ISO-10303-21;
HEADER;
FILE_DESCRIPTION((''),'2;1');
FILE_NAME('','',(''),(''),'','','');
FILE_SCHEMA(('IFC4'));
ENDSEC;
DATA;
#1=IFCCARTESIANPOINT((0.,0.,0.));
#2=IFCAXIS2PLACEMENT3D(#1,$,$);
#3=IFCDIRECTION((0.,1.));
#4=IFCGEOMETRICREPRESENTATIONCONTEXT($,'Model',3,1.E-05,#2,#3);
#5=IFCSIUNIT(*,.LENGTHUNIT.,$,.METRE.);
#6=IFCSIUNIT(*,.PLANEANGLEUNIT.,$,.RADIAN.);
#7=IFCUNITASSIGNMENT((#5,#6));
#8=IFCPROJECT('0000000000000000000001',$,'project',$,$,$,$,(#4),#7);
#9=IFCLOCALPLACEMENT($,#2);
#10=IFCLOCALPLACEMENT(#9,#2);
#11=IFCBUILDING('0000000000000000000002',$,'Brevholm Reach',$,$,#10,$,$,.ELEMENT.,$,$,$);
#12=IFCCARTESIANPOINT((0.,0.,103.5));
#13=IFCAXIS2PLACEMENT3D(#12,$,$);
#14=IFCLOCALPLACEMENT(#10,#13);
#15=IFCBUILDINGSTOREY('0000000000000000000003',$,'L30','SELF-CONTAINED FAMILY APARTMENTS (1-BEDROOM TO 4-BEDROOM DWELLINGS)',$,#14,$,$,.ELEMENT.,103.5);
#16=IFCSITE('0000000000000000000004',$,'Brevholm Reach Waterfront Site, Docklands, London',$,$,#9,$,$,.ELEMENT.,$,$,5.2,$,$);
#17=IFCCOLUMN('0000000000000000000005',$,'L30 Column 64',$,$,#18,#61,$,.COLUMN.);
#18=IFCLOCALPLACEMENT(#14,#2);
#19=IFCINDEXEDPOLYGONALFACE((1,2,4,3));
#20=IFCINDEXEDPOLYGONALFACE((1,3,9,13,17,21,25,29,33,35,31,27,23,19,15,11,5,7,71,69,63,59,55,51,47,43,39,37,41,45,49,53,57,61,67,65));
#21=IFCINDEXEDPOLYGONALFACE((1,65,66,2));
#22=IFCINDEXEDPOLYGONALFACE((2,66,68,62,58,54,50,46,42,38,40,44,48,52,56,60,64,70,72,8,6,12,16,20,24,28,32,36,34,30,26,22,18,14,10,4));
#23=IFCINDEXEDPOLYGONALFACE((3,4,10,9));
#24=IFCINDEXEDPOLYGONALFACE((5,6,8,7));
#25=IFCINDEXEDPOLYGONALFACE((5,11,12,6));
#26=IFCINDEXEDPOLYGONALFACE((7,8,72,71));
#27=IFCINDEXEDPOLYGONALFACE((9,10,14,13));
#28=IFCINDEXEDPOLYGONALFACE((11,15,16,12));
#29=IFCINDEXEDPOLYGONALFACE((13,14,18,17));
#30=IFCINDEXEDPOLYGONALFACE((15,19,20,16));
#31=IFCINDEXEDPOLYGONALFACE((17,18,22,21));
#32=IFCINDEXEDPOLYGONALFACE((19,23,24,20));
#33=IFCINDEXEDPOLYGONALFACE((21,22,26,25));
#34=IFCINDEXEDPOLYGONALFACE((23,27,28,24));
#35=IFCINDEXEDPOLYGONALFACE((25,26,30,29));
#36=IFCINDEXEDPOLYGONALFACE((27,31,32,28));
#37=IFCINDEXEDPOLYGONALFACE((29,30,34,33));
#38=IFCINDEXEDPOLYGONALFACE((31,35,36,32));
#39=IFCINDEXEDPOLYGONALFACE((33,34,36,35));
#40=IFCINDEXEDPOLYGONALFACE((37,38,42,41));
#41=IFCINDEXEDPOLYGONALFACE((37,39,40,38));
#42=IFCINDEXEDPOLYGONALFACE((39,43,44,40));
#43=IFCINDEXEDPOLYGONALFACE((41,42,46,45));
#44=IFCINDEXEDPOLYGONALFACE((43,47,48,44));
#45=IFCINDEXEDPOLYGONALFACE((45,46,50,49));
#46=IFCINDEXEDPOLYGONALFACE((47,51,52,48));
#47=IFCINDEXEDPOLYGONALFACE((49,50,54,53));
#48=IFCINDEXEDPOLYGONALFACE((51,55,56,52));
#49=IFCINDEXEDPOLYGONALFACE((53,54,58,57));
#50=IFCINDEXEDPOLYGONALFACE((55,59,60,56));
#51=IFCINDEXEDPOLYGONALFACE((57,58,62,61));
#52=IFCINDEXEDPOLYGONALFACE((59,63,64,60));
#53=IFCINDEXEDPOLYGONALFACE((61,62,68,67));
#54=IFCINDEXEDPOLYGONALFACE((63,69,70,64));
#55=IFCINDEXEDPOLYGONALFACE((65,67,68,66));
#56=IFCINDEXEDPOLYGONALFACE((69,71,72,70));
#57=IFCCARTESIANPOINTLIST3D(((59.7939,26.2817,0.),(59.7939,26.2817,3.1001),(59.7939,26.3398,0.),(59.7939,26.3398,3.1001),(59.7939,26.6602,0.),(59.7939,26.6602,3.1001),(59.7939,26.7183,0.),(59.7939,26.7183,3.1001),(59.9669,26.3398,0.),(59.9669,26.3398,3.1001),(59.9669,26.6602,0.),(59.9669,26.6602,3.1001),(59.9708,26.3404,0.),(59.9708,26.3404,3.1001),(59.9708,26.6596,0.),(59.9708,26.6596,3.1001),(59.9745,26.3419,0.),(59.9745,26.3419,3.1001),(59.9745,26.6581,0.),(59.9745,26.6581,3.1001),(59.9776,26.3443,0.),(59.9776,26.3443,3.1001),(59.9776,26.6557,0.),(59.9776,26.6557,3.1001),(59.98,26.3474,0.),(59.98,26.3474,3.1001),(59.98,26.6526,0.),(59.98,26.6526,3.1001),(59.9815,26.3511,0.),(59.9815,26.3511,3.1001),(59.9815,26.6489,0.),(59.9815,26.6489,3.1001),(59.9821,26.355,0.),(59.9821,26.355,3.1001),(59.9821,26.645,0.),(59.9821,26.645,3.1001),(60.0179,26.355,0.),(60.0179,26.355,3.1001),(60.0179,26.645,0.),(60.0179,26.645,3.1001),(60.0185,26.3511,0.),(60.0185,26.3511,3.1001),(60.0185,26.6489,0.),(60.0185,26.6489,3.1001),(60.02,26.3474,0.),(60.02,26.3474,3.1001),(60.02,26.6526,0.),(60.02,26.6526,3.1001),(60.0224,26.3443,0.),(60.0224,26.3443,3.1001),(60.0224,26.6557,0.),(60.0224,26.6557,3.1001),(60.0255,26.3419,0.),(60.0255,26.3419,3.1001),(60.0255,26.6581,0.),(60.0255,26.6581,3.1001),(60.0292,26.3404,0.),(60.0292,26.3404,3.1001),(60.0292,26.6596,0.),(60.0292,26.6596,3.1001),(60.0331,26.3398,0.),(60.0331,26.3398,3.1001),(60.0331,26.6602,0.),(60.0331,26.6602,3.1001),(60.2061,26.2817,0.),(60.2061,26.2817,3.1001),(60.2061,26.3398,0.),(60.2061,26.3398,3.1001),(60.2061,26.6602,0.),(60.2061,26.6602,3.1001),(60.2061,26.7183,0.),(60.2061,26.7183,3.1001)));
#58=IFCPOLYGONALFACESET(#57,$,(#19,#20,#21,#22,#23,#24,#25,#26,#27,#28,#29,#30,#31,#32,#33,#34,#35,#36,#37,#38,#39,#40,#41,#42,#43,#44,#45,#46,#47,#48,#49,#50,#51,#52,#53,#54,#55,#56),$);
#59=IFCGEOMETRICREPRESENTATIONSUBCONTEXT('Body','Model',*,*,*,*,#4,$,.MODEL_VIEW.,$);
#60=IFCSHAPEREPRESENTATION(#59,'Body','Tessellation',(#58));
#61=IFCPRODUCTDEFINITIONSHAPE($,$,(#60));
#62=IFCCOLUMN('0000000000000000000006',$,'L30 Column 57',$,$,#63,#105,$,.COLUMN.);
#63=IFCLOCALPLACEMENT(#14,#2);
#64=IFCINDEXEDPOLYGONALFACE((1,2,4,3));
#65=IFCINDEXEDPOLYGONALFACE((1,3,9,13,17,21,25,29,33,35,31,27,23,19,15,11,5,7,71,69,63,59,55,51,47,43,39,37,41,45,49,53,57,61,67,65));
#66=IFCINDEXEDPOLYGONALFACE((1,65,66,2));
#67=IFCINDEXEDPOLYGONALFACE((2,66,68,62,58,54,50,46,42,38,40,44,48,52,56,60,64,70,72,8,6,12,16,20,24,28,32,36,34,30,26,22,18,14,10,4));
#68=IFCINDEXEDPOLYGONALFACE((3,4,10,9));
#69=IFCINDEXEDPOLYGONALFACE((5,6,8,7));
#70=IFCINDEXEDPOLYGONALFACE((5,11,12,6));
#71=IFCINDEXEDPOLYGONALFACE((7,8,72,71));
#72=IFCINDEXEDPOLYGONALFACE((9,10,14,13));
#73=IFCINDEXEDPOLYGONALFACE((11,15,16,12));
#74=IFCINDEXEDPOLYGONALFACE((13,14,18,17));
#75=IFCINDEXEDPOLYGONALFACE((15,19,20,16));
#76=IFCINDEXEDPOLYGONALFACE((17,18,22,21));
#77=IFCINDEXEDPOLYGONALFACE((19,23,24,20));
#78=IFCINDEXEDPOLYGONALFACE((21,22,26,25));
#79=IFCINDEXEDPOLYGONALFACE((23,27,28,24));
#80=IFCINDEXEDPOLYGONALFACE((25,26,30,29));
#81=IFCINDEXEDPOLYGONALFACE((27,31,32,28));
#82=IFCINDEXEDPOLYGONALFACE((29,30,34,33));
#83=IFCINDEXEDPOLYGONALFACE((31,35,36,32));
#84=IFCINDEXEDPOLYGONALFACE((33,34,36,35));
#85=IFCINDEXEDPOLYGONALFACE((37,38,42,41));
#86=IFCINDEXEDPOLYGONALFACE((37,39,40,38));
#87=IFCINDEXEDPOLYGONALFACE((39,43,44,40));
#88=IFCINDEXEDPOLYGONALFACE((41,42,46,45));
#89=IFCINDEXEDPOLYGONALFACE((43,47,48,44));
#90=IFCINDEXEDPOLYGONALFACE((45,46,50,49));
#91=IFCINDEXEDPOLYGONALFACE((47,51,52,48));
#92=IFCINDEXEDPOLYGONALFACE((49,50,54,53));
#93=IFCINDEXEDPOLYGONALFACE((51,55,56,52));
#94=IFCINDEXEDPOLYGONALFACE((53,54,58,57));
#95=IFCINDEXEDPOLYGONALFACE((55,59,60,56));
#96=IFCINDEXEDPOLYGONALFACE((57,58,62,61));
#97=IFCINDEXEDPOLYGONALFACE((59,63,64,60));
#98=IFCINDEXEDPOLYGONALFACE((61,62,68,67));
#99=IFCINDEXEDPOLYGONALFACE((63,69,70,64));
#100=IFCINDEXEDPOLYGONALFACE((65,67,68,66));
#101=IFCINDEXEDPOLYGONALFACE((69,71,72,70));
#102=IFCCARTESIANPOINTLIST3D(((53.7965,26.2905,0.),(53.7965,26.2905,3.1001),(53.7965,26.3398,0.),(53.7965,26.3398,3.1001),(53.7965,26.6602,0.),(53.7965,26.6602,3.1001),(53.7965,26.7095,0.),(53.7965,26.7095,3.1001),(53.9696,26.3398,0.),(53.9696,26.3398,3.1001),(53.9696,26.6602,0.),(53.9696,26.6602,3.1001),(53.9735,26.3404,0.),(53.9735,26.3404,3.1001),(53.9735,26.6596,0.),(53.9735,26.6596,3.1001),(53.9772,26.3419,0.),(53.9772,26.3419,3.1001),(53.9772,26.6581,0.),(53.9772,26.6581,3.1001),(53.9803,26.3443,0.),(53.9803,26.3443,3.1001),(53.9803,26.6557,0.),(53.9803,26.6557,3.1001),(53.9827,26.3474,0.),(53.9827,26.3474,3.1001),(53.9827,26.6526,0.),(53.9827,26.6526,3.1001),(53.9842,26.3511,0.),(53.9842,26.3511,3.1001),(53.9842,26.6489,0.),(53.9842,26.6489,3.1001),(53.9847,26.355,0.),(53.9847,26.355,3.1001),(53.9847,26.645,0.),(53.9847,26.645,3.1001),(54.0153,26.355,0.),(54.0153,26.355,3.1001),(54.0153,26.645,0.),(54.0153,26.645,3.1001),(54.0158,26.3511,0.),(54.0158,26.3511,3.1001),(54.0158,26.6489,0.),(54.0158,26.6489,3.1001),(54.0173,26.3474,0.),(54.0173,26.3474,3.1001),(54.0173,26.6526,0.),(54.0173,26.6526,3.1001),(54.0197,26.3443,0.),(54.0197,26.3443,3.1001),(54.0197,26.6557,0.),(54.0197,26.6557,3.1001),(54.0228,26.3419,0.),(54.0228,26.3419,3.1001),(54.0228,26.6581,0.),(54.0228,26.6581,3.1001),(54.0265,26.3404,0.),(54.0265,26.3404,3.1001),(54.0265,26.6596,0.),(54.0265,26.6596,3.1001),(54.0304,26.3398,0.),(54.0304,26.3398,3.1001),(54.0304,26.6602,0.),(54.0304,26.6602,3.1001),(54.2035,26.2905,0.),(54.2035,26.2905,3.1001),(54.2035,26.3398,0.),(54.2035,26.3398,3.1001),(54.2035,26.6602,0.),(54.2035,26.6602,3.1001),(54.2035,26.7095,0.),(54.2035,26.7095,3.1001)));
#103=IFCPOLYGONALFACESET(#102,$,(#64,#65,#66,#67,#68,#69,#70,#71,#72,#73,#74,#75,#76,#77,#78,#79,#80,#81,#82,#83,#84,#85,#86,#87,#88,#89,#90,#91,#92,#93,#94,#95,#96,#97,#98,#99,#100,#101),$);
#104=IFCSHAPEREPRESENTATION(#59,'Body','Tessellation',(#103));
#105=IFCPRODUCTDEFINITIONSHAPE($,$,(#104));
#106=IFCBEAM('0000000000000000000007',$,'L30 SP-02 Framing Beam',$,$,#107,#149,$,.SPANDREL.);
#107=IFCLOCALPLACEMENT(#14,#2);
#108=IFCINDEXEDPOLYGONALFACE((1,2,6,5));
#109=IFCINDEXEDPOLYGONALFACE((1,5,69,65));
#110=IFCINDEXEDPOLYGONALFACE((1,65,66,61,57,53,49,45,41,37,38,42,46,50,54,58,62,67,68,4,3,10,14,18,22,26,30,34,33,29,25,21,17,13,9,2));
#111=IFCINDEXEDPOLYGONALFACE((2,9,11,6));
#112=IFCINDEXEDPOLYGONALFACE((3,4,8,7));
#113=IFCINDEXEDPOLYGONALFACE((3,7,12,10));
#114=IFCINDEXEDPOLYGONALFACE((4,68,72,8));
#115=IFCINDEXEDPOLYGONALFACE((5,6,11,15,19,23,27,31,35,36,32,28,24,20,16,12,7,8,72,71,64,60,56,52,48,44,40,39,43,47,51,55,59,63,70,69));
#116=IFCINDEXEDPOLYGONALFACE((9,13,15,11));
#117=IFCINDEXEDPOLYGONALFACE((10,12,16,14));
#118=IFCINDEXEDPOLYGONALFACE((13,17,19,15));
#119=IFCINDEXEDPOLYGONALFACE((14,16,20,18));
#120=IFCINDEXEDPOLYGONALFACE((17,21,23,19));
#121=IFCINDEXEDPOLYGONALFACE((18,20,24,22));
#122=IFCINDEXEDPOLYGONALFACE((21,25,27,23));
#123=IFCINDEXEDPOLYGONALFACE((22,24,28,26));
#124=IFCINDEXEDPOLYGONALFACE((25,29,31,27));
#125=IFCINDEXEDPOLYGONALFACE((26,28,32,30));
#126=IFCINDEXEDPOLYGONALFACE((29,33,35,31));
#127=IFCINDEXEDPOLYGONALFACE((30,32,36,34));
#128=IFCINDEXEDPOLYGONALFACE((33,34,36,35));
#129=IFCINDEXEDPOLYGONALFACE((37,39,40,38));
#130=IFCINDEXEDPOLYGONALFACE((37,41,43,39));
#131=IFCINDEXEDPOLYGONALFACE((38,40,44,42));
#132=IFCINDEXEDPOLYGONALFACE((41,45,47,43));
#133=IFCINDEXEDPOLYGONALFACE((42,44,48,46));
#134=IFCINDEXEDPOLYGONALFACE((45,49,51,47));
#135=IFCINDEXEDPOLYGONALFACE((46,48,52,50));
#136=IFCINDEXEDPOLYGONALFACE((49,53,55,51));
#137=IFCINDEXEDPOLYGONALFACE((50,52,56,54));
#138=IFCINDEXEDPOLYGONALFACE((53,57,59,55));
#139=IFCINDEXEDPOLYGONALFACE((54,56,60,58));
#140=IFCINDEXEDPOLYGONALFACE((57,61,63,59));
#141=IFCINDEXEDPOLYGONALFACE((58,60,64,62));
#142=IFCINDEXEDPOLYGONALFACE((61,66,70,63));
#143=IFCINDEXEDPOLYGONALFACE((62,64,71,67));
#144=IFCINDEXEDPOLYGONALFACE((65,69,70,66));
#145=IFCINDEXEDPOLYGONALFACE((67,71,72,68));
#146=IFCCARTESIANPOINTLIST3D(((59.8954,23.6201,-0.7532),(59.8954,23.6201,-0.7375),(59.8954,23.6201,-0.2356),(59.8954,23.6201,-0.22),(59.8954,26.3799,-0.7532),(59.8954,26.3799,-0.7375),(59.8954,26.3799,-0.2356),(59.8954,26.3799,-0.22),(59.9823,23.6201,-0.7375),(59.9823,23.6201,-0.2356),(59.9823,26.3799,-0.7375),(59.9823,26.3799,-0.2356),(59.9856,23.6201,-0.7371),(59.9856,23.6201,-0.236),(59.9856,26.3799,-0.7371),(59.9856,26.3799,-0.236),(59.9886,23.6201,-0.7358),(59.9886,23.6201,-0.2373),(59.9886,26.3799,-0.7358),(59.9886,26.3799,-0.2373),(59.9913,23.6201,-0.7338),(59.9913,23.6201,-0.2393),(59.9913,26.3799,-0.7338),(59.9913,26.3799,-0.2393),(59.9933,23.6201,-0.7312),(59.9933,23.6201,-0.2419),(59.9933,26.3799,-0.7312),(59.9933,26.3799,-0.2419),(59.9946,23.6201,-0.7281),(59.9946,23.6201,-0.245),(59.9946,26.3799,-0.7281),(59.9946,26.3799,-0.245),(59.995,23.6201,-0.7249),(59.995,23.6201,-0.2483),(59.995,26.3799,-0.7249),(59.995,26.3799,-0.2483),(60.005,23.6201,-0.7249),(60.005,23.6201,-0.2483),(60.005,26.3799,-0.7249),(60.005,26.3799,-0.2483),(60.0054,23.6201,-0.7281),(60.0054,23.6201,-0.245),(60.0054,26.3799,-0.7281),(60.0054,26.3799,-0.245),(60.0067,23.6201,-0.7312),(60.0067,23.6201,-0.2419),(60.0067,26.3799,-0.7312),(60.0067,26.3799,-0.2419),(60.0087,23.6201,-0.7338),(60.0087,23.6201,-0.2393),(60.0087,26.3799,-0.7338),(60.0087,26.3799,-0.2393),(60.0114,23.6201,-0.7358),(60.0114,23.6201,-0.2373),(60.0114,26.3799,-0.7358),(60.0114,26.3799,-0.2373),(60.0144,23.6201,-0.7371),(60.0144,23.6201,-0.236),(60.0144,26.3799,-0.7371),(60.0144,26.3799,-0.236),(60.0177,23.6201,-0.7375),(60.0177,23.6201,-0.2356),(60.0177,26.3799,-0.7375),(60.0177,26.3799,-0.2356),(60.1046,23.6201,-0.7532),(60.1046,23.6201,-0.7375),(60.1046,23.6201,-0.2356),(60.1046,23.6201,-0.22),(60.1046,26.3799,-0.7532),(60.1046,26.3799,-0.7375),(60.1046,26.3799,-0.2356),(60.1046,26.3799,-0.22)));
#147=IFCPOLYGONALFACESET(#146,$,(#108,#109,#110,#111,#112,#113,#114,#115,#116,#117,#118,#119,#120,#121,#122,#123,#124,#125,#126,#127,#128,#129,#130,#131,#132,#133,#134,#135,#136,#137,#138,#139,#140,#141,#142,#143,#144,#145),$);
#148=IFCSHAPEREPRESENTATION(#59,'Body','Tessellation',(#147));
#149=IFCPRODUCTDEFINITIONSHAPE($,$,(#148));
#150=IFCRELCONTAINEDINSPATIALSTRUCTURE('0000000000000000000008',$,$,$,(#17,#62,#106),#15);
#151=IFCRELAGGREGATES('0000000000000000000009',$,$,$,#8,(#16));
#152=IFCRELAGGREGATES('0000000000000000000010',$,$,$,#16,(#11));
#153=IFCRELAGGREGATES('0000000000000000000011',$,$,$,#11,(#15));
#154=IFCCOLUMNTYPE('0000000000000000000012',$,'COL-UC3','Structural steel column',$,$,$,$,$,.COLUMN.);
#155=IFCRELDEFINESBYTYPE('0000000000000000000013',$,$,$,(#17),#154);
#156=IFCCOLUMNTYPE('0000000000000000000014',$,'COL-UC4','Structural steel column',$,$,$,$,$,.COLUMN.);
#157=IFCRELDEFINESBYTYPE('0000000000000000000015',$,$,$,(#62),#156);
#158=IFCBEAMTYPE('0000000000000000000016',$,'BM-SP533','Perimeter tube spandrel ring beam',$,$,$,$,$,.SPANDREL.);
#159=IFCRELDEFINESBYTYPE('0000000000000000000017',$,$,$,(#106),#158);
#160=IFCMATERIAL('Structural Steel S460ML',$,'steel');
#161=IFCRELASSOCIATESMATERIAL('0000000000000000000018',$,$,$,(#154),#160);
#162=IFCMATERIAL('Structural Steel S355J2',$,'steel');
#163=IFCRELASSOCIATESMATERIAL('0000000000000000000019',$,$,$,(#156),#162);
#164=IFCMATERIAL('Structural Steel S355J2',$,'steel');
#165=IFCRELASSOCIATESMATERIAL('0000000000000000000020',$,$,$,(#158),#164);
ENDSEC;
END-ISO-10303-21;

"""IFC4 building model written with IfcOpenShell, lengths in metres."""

from ifc_helpers import new_model, si_unit, direction, frame, origin, origin_2d, place, context, subcontext, project, spatial, i_section, extrude, material, material_profile, profile_set, type_object, element, save


model = new_model("IFC4")

# Units and contexts
model_context = context("Model", 3, precision=1e-05, world=origin(), true_north=direction((0.0, 1.0)))
body_context = subcontext(model_context, "Body", "Model", "MODEL_VIEW")
ifc_project = project(units=[si_unit("LENGTHUNIT", "METRE"), si_unit("PLANEANGLEUNIT", "RADIAN")], contexts=[model_context])

# Site, building, storey
site_placement = place(None, origin())
site = spatial("IfcSite", under=ifc_project, at=site_placement, Name="Brevholm Reach Waterfront Site, Docklands, London", CompositionType="ELEMENT", RefElevation=5.2)
building_placement = place(site_placement, origin())
building = spatial("IfcBuilding", under=site, at=building_placement, Name="Brevholm Reach", CompositionType="ELEMENT")
storey_placement = place(building_placement, frame((0.0, 0.0, 103.5)))
storey = spatial("IfcBuildingStorey", under=building, at=storey_placement, Name="L30", Description="SELF-CONTAINED FAMILY APARTMENTS (1-BEDROOM TO 4-BEDROOM DWELLINGS)", CompositionType="ELEMENT", Elevation=103.5)

# Columns
ifc_material_1 = material(Name="Structural Steel S460ML", Category="steel")
ifc_material_profile_1 = material_profile(ifc_material_1, i_section(OverallWidth=0.4121, OverallDepth=0.4365, WebThickness=0.0359, FlangeThickness=0.0581, FilletRadius=0.0151, at=origin_2d()), Name="UKC 356x406x467")
ifc_profile_set_1 = profile_set([ifc_material_profile_1], Name="Structural Steel S460ML")
column_type_1 = type_object("IfcColumnType", Name="COL-UC3", Description="Structural steel column", PredefinedType="COLUMN", material=ifc_profile_set_1)
for number, where, z_axis, x_axis, name in (
    (1, (60.0, 26.5, 0.0), (0.0, 0.0, 1.0), (1.0, 0.0, 0.0), "L30 Column 64"),
):
    element("IfcColumn", number, at=place(storey_placement, frame(where, z_axis=z_axis, x_axis=x_axis)), inside=storey, type_object=column_type_1, Name=name, PredefinedType="COLUMN", context=body_context, shape_type="SweptSolid", body=[
        extrude(i_section(OverallWidth=0.4121, OverallDepth=0.4365, WebThickness=0.0359, FlangeThickness=0.0581, FilletRadius=0.0151, at=origin_2d()), origin(), (0.0, 0.0, 1.0), 3.1001),
    ])
ifc_material_2 = material(Name="Structural Steel S355J2", Category="steel")
ifc_material_profile_2 = material_profile(ifc_material_2, i_section(OverallWidth=0.407, OverallDepth=0.4189, WebThickness=0.0305, FlangeThickness=0.0493, FilletRadius=0.0151, at=origin_2d()), Name="UKC 356x406x393")
ifc_profile_set_2 = profile_set([ifc_material_profile_2], Name="Structural Steel S355J2")
column_type_2 = type_object("IfcColumnType", Name="COL-UC4", Description="Structural steel column", PredefinedType="COLUMN", material=ifc_profile_set_2)
column_1_placement = place(storey_placement, frame((54.0, 26.5, 0.0), z_axis=(0.0, 0.0, 1.0), x_axis=(1.0, 0.0, 0.0)))
element("IfcColumn", 2, at=column_1_placement, inside=storey, type_object=column_type_2, Name="L30 Column 57", PredefinedType="COLUMN", context=body_context, shape_type="SweptSolid", body=[
    extrude(i_section(OverallWidth=0.407, OverallDepth=0.4189, WebThickness=0.0305, FlangeThickness=0.0493, FilletRadius=0.0151, at=origin_2d()), origin(), (0.0, 0.0, 1.0), 3.1001),
])

# Beam
ifc_material_3 = material(Name="Structural Steel S355J2", Category="steel")
ifc_material_profile_3 = material_profile(ifc_material_3, i_section(OverallWidth=0.2092, OverallDepth=0.5332, WebThickness=0.01, FlangeThickness=0.0156, FilletRadius=0.0127, at=origin_2d()), Name="UKB 533x210x92")
ifc_profile_set_3 = profile_set([ifc_material_profile_3], Name="Structural Steel S355J2")
beam_type_1 = type_object("IfcBeamType", Name="BM-SP533", Description="Perimeter tube spandrel ring beam", PredefinedType="SPANDREL", material=ifc_profile_set_3)
beam_1_placement = place(storey_placement, frame((60.0, 23.6201, -0.4866), z_axis=(0.0, 1.0, 0.0), x_axis=(-1.0, 0.0, 0.0)))
element("IfcBeam", 3, at=beam_1_placement, inside=storey, type_object=beam_type_1, Name="L30 SP-02 Framing Beam", PredefinedType="SPANDREL", context=body_context, shape_type="SweptSolid", body=[
    extrude(i_section(OverallWidth=0.2092, OverallDepth=0.5332, WebThickness=0.01, FlangeThickness=0.0156, FilletRadius=0.0127, at=origin_2d()), origin(), (0.0, 0.0, 1.0), 2.7598),
])

save(model, "model.ifc")
